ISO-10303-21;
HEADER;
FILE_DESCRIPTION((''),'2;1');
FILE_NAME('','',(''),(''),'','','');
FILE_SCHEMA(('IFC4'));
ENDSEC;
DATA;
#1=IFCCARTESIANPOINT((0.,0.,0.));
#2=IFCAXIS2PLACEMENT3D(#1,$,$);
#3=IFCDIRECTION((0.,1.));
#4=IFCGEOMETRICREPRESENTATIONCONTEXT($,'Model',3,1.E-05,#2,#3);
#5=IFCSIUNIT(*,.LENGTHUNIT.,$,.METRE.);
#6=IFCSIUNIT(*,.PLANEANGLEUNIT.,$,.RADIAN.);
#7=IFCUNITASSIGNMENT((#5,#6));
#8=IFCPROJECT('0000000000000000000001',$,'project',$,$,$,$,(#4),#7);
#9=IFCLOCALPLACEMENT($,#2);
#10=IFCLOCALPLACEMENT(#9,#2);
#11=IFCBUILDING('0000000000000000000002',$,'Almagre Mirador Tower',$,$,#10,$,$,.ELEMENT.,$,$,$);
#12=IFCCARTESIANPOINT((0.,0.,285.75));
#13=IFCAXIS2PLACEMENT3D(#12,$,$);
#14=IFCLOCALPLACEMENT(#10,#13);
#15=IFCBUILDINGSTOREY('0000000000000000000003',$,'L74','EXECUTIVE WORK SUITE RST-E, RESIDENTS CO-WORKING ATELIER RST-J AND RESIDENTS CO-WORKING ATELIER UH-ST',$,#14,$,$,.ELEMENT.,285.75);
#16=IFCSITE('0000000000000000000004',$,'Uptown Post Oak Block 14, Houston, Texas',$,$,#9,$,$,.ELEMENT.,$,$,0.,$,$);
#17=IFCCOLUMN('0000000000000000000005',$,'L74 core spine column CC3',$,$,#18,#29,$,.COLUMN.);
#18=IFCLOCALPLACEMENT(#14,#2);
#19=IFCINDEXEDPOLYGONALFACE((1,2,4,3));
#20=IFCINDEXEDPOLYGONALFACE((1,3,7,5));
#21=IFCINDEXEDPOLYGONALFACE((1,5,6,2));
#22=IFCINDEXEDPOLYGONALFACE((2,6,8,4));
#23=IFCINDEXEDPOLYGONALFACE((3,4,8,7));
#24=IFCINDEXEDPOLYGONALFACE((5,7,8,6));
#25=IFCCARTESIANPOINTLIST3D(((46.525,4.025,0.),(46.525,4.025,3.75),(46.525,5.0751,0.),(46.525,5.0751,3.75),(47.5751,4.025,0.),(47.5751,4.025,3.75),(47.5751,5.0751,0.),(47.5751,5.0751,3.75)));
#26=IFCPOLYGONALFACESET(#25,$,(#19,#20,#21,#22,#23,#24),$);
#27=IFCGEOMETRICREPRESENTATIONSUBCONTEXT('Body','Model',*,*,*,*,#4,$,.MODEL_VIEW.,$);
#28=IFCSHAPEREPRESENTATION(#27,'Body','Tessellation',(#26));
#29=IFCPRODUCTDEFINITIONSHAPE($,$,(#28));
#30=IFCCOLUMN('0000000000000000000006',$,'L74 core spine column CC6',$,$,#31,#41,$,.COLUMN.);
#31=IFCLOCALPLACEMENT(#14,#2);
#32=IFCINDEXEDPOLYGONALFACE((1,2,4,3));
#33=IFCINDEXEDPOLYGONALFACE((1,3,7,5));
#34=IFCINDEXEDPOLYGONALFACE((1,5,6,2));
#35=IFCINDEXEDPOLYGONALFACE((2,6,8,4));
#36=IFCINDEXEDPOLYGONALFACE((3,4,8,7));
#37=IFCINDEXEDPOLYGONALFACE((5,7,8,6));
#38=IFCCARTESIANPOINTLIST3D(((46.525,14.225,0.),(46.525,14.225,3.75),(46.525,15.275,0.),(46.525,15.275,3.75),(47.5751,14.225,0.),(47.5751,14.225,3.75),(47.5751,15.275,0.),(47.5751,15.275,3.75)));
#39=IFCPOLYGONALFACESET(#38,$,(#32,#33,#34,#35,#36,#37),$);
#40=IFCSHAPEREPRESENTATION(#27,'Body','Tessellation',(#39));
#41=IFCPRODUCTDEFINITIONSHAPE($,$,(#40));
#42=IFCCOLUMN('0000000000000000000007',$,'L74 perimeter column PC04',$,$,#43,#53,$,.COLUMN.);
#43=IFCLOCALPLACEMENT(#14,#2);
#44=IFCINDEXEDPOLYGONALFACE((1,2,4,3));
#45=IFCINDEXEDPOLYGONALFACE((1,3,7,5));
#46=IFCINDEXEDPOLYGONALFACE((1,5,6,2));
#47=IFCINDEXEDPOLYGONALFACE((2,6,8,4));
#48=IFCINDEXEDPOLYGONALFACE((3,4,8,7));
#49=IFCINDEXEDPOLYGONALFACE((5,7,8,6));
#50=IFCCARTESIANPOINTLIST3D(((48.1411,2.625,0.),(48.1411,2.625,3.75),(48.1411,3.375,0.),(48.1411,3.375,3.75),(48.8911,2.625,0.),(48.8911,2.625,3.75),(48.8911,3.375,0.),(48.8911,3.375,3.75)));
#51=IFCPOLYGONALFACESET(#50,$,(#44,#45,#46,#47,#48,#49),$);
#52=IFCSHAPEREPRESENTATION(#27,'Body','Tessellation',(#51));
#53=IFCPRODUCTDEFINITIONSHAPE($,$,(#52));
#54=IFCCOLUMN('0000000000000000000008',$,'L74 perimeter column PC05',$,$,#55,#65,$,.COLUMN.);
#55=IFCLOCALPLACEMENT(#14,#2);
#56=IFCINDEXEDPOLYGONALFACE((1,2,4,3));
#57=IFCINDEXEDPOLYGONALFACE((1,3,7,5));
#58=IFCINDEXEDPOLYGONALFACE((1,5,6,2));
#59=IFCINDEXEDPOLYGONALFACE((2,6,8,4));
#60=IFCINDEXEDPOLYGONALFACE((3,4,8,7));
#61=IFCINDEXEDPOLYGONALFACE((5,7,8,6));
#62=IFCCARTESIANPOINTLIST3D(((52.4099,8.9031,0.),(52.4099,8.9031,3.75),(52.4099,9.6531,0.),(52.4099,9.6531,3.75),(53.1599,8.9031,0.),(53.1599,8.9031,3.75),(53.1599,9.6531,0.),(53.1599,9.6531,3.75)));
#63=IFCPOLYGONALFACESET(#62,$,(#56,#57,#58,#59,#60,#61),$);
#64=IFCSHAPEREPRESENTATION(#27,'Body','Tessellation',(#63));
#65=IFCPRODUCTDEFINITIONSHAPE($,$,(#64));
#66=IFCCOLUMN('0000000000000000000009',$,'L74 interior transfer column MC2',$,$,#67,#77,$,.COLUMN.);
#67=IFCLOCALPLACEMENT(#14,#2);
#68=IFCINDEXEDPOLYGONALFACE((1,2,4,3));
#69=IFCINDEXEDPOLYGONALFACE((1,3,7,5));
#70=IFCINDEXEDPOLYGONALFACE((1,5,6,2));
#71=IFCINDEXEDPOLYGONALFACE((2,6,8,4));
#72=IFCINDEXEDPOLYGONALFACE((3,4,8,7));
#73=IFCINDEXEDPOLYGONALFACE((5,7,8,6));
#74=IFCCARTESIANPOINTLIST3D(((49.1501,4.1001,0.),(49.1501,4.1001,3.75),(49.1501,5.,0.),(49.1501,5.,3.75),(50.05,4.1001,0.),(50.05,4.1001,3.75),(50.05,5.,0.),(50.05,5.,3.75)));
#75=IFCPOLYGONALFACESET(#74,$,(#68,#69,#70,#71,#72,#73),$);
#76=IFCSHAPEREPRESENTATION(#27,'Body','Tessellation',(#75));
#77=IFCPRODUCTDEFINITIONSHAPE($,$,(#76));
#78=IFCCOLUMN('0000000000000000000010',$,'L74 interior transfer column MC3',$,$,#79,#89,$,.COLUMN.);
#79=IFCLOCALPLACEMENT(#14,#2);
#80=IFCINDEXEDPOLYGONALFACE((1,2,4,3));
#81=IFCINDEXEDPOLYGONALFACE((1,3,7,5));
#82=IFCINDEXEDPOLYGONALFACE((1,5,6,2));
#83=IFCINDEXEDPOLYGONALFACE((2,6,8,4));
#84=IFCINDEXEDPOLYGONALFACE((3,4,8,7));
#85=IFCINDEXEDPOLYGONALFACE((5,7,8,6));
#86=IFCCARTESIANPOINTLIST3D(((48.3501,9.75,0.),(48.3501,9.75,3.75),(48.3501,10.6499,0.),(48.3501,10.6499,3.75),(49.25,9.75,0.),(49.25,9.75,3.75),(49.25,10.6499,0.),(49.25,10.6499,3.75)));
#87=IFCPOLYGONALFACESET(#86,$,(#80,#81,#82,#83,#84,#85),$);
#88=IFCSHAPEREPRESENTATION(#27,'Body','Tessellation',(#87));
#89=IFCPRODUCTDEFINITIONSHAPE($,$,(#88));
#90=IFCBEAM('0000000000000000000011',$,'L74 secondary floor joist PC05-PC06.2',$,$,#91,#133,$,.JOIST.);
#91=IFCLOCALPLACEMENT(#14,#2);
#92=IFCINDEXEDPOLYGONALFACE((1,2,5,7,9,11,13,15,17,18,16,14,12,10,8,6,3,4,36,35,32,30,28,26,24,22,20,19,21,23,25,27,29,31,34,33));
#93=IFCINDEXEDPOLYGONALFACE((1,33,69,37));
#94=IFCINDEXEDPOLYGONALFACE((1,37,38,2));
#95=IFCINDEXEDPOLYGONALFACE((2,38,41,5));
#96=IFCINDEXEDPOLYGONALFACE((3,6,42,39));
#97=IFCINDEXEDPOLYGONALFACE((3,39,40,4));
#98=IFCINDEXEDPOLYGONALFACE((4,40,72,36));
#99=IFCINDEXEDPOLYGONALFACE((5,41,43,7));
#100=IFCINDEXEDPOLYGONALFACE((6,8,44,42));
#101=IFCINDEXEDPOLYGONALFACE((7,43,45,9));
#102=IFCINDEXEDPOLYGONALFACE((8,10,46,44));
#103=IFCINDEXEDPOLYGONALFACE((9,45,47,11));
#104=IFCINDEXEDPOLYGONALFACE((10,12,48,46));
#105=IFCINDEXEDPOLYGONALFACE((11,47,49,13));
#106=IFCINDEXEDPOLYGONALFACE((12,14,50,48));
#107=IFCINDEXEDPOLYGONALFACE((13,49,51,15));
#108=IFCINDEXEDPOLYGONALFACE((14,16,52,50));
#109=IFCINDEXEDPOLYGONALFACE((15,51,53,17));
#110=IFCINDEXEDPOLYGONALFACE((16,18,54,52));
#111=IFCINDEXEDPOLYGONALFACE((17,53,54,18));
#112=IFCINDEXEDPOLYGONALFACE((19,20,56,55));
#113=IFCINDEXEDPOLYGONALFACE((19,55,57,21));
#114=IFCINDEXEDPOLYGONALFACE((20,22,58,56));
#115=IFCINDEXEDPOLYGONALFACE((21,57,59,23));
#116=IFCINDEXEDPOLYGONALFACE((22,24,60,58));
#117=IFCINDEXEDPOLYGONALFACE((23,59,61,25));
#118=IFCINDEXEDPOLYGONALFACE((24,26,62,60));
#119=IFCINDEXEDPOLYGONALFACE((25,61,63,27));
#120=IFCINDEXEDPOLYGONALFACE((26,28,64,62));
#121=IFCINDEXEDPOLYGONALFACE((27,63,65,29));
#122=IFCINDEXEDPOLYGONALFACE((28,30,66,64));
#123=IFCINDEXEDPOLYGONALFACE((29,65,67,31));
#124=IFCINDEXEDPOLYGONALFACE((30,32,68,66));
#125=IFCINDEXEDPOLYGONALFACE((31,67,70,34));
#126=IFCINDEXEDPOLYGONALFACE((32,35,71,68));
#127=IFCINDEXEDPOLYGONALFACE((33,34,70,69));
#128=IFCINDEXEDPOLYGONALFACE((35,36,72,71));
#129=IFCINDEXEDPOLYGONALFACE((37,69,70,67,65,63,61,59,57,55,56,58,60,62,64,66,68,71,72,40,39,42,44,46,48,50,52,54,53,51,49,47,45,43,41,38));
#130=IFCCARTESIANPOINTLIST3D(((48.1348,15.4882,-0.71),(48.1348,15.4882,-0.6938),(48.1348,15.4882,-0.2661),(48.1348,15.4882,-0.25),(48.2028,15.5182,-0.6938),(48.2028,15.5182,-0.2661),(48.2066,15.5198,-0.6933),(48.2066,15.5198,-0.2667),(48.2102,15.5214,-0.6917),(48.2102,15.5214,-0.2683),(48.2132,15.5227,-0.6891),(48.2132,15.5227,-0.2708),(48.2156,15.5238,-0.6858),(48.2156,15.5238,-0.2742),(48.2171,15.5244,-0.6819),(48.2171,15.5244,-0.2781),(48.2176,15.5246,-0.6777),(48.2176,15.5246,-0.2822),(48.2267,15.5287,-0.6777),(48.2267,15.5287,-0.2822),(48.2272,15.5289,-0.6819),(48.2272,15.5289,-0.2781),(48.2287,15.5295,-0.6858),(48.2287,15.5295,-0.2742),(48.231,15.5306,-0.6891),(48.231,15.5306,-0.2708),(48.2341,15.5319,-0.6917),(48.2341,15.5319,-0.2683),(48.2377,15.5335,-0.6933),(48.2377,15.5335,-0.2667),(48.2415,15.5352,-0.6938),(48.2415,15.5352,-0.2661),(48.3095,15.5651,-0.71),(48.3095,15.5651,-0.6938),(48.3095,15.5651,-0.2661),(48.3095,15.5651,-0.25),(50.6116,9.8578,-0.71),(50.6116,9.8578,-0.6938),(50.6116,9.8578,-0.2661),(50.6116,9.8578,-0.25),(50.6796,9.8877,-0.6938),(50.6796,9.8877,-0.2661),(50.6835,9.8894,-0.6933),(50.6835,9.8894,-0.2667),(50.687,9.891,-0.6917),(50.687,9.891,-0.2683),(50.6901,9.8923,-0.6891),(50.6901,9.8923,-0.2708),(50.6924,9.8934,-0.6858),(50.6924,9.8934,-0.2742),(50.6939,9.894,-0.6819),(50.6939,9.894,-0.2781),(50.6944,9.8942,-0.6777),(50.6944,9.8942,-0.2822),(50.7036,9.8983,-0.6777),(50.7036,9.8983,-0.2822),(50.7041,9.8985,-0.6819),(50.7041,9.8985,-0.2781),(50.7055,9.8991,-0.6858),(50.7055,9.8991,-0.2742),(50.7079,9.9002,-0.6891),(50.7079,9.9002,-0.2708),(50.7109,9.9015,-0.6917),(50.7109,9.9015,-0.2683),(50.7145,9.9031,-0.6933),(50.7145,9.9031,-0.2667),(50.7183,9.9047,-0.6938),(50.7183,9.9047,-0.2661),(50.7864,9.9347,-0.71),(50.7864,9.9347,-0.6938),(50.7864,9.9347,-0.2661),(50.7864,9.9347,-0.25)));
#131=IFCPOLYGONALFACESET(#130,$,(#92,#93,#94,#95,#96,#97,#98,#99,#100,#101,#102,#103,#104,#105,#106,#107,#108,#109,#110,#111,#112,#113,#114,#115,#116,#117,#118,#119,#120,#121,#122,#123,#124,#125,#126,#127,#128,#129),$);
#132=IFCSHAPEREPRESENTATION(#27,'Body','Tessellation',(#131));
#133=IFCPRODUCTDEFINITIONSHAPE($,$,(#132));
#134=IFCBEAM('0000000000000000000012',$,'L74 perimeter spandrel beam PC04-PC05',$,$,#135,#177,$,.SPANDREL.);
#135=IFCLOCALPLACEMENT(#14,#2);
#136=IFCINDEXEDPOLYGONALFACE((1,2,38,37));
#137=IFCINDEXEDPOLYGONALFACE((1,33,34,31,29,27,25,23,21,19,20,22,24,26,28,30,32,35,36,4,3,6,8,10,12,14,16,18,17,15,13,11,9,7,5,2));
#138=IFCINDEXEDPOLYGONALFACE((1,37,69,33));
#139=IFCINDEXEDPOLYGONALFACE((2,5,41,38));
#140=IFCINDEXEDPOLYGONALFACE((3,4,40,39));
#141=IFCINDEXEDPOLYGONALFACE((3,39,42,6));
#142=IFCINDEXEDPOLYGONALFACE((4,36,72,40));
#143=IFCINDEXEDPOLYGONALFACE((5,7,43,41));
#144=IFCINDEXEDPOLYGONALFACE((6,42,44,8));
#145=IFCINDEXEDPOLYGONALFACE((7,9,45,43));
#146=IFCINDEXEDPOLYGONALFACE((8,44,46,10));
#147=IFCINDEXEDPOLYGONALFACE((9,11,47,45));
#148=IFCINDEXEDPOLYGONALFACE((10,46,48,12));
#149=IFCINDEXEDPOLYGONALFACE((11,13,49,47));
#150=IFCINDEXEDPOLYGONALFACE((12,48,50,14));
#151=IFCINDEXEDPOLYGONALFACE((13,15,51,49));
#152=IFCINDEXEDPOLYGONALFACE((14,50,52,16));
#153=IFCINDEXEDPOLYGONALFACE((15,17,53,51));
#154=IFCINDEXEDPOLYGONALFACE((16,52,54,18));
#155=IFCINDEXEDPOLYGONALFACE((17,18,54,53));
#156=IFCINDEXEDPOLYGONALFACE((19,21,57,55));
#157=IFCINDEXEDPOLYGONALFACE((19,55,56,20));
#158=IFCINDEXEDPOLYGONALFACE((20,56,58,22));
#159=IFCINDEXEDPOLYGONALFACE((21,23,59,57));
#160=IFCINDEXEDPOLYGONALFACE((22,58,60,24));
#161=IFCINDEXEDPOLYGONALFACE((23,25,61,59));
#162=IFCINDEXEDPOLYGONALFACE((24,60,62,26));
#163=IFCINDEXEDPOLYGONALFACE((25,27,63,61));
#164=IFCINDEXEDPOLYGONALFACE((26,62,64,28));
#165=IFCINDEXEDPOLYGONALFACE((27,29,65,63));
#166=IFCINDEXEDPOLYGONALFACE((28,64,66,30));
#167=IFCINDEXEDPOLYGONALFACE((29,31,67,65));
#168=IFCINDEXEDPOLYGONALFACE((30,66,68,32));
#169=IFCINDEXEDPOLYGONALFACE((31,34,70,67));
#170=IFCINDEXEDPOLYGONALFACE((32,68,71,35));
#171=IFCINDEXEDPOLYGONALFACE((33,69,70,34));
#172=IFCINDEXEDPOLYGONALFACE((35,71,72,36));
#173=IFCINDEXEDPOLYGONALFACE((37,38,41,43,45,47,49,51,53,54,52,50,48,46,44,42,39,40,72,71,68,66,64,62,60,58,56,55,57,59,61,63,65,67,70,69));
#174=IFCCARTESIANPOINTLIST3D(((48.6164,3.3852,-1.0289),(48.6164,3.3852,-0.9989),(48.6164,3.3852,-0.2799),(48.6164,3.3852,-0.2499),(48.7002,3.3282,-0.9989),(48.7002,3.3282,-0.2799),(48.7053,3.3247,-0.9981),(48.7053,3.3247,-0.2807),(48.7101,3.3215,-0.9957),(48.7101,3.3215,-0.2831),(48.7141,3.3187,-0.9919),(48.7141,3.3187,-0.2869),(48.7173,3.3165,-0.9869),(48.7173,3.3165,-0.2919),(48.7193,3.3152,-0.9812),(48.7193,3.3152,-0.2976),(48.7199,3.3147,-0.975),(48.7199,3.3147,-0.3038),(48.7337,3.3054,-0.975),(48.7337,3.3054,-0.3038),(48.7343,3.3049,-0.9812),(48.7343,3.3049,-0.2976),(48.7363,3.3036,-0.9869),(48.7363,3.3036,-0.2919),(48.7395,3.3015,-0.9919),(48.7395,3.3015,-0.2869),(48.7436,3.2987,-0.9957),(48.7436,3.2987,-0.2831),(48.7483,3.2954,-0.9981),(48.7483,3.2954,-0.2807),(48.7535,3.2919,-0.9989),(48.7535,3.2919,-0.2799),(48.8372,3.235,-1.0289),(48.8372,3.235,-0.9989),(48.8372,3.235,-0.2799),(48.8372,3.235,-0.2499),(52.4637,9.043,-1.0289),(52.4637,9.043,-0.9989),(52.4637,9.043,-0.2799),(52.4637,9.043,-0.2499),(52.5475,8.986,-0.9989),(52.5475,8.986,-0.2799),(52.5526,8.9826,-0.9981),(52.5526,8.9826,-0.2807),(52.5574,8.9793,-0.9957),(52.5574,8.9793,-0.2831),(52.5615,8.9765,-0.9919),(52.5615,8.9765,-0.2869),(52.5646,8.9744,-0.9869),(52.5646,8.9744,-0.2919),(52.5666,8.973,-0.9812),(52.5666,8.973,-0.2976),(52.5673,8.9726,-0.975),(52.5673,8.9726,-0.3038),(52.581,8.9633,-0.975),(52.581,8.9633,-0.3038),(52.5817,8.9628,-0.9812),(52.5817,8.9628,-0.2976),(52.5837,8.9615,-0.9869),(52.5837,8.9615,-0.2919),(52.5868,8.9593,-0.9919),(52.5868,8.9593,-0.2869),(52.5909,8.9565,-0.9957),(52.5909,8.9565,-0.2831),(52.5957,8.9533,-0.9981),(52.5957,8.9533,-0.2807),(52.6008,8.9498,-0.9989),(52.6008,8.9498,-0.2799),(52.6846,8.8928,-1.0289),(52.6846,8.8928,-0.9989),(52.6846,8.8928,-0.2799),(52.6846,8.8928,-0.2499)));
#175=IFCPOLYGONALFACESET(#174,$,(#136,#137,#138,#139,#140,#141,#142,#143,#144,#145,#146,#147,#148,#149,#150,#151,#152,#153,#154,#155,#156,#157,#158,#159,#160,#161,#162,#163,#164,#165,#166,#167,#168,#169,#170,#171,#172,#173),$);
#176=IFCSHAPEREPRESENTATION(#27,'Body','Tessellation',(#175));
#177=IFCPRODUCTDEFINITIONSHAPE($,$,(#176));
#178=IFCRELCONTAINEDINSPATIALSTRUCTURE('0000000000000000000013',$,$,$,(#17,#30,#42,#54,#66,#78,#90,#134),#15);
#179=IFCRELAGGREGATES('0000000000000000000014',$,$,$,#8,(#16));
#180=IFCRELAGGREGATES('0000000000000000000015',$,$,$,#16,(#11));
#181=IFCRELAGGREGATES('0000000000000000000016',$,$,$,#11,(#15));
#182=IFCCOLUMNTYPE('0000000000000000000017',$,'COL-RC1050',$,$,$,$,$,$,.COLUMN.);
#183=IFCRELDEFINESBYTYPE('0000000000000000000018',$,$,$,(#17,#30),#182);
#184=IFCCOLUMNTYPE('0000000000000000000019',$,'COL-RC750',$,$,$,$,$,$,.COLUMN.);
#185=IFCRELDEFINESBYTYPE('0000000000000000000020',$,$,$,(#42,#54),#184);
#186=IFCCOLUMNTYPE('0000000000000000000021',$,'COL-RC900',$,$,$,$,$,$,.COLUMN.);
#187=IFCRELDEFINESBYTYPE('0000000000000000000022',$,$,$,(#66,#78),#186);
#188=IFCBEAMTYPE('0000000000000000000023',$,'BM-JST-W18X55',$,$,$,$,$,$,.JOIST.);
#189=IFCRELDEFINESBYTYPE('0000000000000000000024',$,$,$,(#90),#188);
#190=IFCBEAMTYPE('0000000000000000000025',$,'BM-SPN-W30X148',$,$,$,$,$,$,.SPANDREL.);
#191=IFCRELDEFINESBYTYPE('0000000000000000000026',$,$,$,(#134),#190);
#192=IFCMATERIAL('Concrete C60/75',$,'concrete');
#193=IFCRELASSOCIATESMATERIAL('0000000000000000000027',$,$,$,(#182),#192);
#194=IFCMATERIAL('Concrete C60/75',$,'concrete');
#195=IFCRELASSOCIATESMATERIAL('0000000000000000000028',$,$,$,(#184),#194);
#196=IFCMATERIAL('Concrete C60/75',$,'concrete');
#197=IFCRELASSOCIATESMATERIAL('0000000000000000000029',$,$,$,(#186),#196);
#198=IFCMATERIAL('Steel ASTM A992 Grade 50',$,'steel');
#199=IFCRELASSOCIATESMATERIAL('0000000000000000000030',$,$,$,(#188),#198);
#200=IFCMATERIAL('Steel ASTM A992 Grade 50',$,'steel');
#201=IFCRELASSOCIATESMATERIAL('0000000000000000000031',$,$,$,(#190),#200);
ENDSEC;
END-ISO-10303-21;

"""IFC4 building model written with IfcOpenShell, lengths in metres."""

from ifc_helpers import new_model, si_unit, direction, frame, origin, origin_2d, place, context, subcontext, project, spatial, rectangle, i_section, extrude, material, material_profile, profile_set, type_object, element, save


model = new_model("IFC4")

# Units and contexts
model_context = context("Model", 3, precision=1e-05, world=origin(), true_north=direction((0.0, 1.0)))
body_context = subcontext(model_context, "Body", "Model", "MODEL_VIEW")
ifc_project = project(units=[si_unit("LENGTHUNIT", "METRE"), si_unit("PLANEANGLEUNIT", "RADIAN")], contexts=[model_context])

# Site, building, storey
site_placement = place(None, origin())
site = spatial("IfcSite", under=ifc_project, at=site_placement, Name="Uptown Post Oak Block 14, Houston, Texas", CompositionType="ELEMENT", RefElevation=0.0)
building_placement = place(site_placement, origin())
building = spatial("IfcBuilding", under=site, at=building_placement, Name="Almagre Mirador Tower", CompositionType="ELEMENT")
storey_placement = place(building_placement, frame((0.0, 0.0, 285.75)))
storey = spatial("IfcBuildingStorey", under=building, at=storey_placement, Name="L74", Description="EXECUTIVE WORK SUITE RST-E, RESIDENTS CO-WORKING ATELIER RST-J AND RESIDENTS CO-WORKING ATELIER UH-ST", CompositionType="ELEMENT", Elevation=285.75)

# Columns
ifc_material_1 = material(Name="Concrete C60/75", Category="concrete")
ifc_material_profile_1 = material_profile(ifc_material_1, rectangle(XDim=1.05, YDim=1.05, at=origin_2d()), Name="RC1050X1050")
ifc_profile_set_1 = profile_set([ifc_material_profile_1], Name="Concrete C60/75")
column_type_1 = type_object("IfcColumnType", Name="COL-RC1050", PredefinedType="COLUMN", material=ifc_profile_set_1)
for number, where, z_axis, x_axis, name in (
    (1, (47.05, 4.55, 0.0), (0.0, 0.0, 1.0), (1.0, 0.0, 0.0), "L74 core spine column CC3"),
    (2, (47.05, 14.75, 0.0), (0.0, 0.0, 1.0), (1.0, 0.0, 0.0), "L74 core spine column CC6"),
):
    element("IfcColumn", number, at=place(storey_placement, frame(where, z_axis=z_axis, x_axis=x_axis)), inside=storey, type_object=column_type_1, Name=name, PredefinedType="COLUMN", context=body_context, shape_type="SweptSolid", body=[
        extrude(rectangle(XDim=1.05, YDim=1.05, at=origin_2d()), origin(), (0.0, 0.0, 1.0), 3.75),
    ])
ifc_material_2 = material(Name="Concrete C60/75", Category="concrete")
ifc_material_profile_2 = material_profile(ifc_material_2, rectangle(XDim=0.75, YDim=0.75, at=origin_2d()), Name="RC750X750")
ifc_profile_set_2 = profile_set([ifc_material_profile_2], Name="Concrete C60/75")
column_type_2 = type_object("IfcColumnType", Name="COL-RC750", PredefinedType="COLUMN", material=ifc_profile_set_2)
for number, where, z_axis, x_axis, name in (
    (3, (48.5161, 3.0, 0.0), (0.0, 0.0, 1.0), (1.0, 0.0, 0.0), "L74 perimeter column PC04"),
    (4, (52.7849, 9.2781, 0.0), (0.0, 0.0, 1.0), (1.0, 0.0, 0.0), "L74 perimeter column PC05"),
):
    element("IfcColumn", number, at=place(storey_placement, frame(where, z_axis=z_axis, x_axis=x_axis)), inside=storey, type_object=column_type_2, Name=name, PredefinedType="COLUMN", context=body_context, shape_type="SweptSolid", body=[
        extrude(rectangle(XDim=0.75, YDim=0.75, at=origin_2d()), origin(), (0.0, 0.0, 1.0), 3.75),
    ])
ifc_material_3 = material(Name="Concrete C60/75", Category="concrete")
ifc_material_profile_3 = material_profile(ifc_material_3, rectangle(XDim=0.8999, YDim=0.8999, at=origin_2d()), Name="RC900X900")
ifc_profile_set_3 = profile_set([ifc_material_profile_3], Name="Concrete C60/75")
column_type_3 = type_object("IfcColumnType", Name="COL-RC900", PredefinedType="COLUMN", material=ifc_profile_set_3)
for number, where, z_axis, x_axis, name in (
    (5, (49.6001, 4.55, 0.0), (0.0, 0.0, 1.0), (1.0, 0.0, 0.0), "L74 interior transfer column MC2"),
    (6, (48.8, 10.2, 0.0), (0.0, 0.0, 1.0), (1.0, 0.0, 0.0), "L74 interior transfer column MC3"),
):
    element("IfcColumn", number, at=place(storey_placement, frame(where, z_axis=z_axis, x_axis=x_axis)), inside=storey, type_object=column_type_3, Name=name, PredefinedType="COLUMN", context=body_context, shape_type="SweptSolid", body=[
        extrude(rectangle(XDim=0.8999, YDim=0.8999, at=origin_2d()), origin(), (0.0, 0.0, 1.0), 3.75),
    ])

# Beams
ifc_material_4 = material(Name="Steel ASTM A992 Grade 50", Category="steel")
ifc_material_profile_4 = material_profile(ifc_material_4, i_section(OverallWidth=0.1909, OverallDepth=0.46, WebThickness=0.01, FlangeThickness=0.0161, FilletRadius=0.0161, at=origin_2d()), Name="W18X55")
ifc_profile_set_4 = profile_set([ifc_material_profile_4], Name="Steel ASTM A992 Grade 50")
beam_type_1 = type_object("IfcBeamType", Name="BM-JST-W18X55", PredefinedType="JOIST", material=ifc_profile_set_4)
beam_1_placement = place(storey_placement, frame((50.699, 9.8962, -0.48), z_axis=(-0.402663, 0.915348, 0.0), x_axis=(-0.915348, -0.402663, 0.0)))
element("IfcBeam", 7, at=beam_1_placement, inside=storey, type_object=beam_type_1, Name="L74 secondary floor joist PC05-PC06.2", PredefinedType="JOIST", context=body_context, shape_type="SweptSolid", body=[
    extrude(i_section(OverallWidth=0.1909, OverallDepth=0.46, WebThickness=0.01, FlangeThickness=0.0161, FilletRadius=0.0161, at=origin_2d()), origin(), (0.0, 0.0, 1.0), 6.1511),
])
ifc_material_5 = material(Name="Steel ASTM A992 Grade 50", Category="steel")
ifc_material_profile_5 = material_profile(ifc_material_5, i_section(OverallWidth=0.2671, OverallDepth=0.7791, WebThickness=0.0166, FlangeThickness=0.03, FilletRadius=0.0239, at=origin_2d()), Name="W30X148")
ifc_profile_set_5 = profile_set([ifc_material_profile_5], Name="Steel ASTM A992 Grade 50")
beam_type_2 = type_object("IfcBeamType", Name="BM-SPN-W30X148", PredefinedType="SPANDREL", material=ifc_profile_set_5)
beam_2_placement = place(storey_placement, frame((48.7268, 3.3101, -0.6394), z_axis=(0.56231, 0.826927, 0.0), x_axis=(-0.826927, 0.56231, 0.0)))
element("IfcBeam", 8, at=beam_2_placement, inside=storey, type_object=beam_type_2, Name="L74 perimeter spandrel beam PC04-PC05", PredefinedType="SPANDREL", context=body_context, shape_type="SweptSolid", body=[
    extrude(i_section(OverallWidth=0.2671, OverallDepth=0.7791, WebThickness=0.0166, FlangeThickness=0.03, FilletRadius=0.0239, at=origin_2d()), origin(), (0.0, 0.0, 1.0), 6.842),
])

save(model, "model.ifc")
